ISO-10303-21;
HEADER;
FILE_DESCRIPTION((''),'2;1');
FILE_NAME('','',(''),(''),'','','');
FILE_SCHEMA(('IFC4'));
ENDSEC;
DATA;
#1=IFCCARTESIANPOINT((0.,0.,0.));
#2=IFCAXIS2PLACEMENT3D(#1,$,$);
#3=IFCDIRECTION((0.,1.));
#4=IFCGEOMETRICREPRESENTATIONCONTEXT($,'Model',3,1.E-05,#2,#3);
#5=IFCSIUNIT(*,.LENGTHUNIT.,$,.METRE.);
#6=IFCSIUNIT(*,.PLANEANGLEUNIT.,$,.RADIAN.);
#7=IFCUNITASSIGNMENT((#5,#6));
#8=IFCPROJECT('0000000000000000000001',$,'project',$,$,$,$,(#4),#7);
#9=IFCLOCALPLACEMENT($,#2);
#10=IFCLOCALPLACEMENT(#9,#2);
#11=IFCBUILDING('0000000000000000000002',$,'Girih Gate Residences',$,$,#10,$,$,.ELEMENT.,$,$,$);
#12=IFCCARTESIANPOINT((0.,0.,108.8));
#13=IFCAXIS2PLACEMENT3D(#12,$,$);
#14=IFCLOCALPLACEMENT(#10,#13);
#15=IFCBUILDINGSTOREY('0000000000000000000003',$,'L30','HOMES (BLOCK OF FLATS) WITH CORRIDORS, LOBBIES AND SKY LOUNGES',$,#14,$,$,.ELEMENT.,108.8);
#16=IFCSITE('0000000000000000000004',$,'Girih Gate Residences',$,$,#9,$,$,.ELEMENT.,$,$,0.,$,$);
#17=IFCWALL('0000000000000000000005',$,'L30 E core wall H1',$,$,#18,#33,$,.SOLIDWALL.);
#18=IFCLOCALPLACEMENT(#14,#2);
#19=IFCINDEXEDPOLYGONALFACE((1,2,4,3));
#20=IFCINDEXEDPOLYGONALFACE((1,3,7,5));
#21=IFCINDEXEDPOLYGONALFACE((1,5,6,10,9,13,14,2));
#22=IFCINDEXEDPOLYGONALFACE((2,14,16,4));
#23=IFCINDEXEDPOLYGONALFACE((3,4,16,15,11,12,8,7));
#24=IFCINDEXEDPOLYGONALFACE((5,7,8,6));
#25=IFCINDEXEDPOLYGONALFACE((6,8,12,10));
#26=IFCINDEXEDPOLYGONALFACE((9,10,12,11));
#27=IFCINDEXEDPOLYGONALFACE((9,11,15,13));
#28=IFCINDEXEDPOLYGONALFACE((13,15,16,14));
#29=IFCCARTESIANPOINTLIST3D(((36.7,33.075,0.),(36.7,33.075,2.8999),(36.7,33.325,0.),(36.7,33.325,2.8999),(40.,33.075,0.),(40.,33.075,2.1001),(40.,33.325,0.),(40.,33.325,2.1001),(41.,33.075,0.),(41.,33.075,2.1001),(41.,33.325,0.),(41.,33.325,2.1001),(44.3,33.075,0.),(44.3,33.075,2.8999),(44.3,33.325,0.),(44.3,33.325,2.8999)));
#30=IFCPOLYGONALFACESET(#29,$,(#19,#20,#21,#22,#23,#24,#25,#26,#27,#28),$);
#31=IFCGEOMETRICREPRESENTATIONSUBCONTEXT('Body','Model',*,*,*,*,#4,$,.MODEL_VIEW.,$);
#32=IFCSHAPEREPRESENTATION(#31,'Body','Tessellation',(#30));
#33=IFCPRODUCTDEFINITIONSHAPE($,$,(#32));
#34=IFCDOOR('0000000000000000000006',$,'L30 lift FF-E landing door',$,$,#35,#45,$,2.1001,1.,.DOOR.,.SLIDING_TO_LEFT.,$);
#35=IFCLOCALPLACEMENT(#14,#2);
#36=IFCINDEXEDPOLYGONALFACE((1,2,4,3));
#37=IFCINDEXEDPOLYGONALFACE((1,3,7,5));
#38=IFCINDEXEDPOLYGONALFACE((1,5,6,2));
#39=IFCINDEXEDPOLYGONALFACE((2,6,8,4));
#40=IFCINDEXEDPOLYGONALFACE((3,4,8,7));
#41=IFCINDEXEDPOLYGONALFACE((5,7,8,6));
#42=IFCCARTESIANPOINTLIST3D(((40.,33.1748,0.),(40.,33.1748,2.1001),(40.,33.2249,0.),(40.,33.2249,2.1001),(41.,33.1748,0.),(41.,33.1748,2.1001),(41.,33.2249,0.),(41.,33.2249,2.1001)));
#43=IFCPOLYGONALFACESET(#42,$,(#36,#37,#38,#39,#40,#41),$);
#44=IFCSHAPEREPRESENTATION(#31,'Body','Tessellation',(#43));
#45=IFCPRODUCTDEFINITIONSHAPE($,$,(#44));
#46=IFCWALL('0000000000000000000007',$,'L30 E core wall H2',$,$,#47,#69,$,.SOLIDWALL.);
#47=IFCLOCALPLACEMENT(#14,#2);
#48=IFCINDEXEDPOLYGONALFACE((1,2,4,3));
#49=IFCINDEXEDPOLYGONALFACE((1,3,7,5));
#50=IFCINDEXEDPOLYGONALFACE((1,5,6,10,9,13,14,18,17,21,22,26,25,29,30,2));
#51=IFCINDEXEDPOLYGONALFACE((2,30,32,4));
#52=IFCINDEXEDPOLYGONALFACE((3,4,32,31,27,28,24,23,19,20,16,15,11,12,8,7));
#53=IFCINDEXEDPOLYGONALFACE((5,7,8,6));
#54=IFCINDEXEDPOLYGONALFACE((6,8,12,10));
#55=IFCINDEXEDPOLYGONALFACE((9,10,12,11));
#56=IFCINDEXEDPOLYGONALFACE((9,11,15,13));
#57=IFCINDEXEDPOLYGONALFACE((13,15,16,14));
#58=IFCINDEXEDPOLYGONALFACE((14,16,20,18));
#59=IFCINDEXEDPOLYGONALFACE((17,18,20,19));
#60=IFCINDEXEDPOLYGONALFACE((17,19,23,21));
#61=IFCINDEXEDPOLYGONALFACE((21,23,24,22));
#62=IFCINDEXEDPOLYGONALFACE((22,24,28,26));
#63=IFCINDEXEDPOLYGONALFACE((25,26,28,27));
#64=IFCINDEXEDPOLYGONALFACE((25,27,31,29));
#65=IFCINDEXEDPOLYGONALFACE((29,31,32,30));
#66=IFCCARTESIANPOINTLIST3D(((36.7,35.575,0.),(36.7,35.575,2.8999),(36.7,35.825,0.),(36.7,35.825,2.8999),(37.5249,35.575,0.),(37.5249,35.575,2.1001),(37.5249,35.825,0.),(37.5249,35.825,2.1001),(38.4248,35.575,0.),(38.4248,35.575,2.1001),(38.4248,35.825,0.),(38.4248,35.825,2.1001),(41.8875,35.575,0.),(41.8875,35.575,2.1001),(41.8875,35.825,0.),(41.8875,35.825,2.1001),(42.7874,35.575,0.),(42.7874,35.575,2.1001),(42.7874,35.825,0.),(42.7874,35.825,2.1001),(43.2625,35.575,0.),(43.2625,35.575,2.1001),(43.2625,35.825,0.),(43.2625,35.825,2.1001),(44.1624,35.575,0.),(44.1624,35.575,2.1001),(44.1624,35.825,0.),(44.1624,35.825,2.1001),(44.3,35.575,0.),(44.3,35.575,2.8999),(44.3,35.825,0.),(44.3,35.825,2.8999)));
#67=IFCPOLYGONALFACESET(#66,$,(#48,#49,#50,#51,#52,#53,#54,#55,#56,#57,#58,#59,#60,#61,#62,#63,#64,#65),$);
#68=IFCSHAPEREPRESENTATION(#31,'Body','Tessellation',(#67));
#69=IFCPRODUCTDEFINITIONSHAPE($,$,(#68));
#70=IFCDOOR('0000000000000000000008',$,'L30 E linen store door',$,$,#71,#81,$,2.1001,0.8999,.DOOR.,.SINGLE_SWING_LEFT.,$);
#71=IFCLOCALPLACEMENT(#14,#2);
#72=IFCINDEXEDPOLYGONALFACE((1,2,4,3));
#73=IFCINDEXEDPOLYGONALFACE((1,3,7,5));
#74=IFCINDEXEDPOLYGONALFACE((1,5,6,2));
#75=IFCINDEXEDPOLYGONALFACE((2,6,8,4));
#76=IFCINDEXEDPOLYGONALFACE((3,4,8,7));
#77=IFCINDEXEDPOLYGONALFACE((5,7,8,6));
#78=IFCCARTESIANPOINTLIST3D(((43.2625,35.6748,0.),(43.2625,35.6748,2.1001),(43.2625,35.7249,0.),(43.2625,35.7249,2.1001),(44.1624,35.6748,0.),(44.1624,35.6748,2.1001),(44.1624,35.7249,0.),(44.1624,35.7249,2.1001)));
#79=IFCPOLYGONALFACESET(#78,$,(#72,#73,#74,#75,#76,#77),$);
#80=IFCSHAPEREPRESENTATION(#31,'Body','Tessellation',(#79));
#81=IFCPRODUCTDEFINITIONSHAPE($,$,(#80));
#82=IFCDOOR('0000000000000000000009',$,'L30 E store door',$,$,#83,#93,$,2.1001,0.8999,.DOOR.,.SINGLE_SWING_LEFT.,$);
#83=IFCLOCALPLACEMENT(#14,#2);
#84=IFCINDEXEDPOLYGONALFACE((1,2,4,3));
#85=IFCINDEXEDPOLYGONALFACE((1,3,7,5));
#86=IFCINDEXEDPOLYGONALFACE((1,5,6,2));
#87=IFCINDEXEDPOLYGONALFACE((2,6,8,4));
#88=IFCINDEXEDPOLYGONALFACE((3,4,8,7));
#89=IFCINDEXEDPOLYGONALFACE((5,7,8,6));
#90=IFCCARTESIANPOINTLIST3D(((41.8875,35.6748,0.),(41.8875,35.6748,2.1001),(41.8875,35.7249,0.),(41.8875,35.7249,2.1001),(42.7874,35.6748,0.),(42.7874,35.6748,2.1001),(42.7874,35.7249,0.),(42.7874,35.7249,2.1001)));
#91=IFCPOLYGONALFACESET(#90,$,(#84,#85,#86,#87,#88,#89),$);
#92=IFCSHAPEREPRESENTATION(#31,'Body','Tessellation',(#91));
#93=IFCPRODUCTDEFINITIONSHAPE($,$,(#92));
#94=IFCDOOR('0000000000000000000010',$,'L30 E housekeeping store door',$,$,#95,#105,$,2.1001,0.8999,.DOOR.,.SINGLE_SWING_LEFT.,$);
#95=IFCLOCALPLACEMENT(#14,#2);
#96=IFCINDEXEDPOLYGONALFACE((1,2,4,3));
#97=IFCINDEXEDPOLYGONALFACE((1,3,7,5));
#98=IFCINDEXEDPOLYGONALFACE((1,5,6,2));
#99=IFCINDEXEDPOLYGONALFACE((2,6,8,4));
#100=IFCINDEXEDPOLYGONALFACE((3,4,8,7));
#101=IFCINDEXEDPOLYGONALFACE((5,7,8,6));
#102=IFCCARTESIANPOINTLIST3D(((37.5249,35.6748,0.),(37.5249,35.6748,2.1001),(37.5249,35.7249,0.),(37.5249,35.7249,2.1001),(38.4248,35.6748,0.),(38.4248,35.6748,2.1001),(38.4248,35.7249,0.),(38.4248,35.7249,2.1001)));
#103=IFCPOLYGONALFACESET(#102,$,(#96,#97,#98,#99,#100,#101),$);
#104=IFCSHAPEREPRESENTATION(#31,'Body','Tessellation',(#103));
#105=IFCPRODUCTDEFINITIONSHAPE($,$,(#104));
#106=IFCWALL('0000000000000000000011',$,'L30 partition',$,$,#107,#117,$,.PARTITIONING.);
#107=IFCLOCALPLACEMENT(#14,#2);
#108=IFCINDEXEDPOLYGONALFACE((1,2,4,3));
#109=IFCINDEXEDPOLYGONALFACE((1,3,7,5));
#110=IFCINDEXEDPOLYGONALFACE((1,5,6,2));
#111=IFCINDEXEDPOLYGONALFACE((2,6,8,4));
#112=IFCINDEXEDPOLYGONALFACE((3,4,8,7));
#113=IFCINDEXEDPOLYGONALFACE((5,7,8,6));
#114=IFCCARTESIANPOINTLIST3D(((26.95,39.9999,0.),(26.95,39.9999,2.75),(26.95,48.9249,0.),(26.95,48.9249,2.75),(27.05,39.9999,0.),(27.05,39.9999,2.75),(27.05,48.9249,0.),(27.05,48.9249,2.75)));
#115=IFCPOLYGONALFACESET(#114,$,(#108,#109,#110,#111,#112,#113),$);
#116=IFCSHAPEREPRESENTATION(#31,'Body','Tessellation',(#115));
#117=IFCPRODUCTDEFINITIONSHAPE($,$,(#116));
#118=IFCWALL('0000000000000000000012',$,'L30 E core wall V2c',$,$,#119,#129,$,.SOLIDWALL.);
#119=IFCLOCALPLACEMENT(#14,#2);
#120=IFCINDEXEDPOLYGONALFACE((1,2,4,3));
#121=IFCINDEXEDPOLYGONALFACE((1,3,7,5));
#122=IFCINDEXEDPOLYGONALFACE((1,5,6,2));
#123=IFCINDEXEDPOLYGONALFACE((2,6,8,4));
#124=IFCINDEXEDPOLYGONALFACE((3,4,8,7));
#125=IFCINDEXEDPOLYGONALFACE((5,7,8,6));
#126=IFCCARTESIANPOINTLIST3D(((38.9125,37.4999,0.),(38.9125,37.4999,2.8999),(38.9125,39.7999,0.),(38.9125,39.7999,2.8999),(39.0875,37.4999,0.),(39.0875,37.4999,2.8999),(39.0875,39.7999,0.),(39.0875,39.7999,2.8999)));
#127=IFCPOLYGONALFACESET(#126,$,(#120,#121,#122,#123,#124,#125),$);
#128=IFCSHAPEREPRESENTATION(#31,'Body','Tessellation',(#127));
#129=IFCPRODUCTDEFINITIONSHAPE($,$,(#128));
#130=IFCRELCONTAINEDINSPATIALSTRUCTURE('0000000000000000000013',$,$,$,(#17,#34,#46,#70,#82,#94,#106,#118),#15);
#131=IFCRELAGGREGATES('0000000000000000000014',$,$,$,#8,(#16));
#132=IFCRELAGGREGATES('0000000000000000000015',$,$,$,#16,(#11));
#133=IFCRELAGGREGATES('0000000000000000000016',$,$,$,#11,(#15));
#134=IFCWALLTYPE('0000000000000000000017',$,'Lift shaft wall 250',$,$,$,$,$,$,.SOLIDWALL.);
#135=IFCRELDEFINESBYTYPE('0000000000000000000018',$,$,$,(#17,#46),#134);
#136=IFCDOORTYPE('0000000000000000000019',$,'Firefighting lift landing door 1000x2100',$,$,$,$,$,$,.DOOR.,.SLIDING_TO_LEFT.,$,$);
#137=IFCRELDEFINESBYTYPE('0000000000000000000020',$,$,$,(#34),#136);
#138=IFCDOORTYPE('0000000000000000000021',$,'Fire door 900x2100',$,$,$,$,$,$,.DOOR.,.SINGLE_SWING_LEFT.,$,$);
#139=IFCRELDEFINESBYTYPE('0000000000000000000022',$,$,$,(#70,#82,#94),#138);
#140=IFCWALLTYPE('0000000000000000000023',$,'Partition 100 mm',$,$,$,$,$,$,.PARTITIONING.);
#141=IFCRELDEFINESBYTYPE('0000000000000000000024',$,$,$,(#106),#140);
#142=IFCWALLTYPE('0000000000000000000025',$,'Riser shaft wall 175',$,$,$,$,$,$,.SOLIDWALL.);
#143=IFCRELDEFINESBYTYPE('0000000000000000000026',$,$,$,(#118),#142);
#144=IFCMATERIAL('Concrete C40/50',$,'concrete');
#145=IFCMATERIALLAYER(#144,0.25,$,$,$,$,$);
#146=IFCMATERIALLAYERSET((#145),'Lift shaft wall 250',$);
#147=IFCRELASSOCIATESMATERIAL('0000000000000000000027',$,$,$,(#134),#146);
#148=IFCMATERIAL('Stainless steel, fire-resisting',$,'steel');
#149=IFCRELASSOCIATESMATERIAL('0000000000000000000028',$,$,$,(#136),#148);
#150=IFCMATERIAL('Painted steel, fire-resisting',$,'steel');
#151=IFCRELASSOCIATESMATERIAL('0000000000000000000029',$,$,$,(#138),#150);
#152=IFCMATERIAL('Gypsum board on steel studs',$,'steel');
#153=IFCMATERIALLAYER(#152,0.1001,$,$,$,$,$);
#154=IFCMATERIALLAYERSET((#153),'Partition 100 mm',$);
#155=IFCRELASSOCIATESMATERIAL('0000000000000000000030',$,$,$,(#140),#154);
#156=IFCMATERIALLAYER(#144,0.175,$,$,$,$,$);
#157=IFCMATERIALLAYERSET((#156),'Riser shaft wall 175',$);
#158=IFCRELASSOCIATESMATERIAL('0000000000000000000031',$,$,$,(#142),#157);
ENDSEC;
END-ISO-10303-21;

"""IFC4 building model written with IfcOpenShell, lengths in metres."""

from ifc_helpers import new_model, si_unit, direction, frame, frame_2d, origin, place, context, subcontext, project, spatial, rectangle, extrude, material, layer, layer_set, type_object, element, fill, save


model = new_model("IFC4")

# Units and contexts
model_context = context("Model", 3, precision=1e-05, world=origin(), true_north=direction((0.0, 1.0)))
body_context = subcontext(model_context, "Body", "Model", "MODEL_VIEW")
ifc_project = project(units=[si_unit("LENGTHUNIT", "METRE"), si_unit("PLANEANGLEUNIT", "RADIAN")], contexts=[model_context])

# Site, building, storey
site_placement = place(None, origin())
site = spatial("IfcSite", under=ifc_project, at=site_placement, Name="Girih Gate Residences", CompositionType="ELEMENT", RefElevation=0.0)
building_placement = place(site_placement, origin())
building = spatial("IfcBuilding", under=site, at=building_placement, Name="Girih Gate Residences", CompositionType="ELEMENT")
storey_placement = place(building_placement, frame((0.0, 0.0, 108.8)))
storey = spatial("IfcBuildingStorey", under=building, at=storey_placement, Name="L30", Description="HOMES (BLOCK OF FLATS) WITH CORRIDORS, LOBBIES AND SKY LOUNGES", CompositionType="ELEMENT", Elevation=108.8)

# Shared definitions
ifc_material_1 = material(Name="Gypsum board on steel studs", Category="steel")

# Wall, opening, door
ifc_material_2 = material(Name="Concrete C40/50", Category="concrete")
ifc_layer_1 = layer(ifc_material_2, 0.25)
ifc_layer_set_1 = layer_set([ifc_layer_1], Name="Lift shaft wall 250")
wall_type_1 = type_object("IfcWallType", Name="Lift shaft wall 250", PredefinedType="SOLIDWALL", material=ifc_layer_set_1)
wall_1_placement = place(storey_placement, frame((36.7, 33.2, 0.0), z_axis=(0.0, 0.0, 1.0), x_axis=(1.0, 0.0, 0.0)))
wall_1 = element("IfcWall", 1, at=wall_1_placement, inside=storey, type_object=wall_type_1, Name="L30 E core wall H1", PredefinedType="SOLIDWALL", context=body_context, shape_type="SweptSolid", body=[
    extrude(rectangle(XDim=7.6001, YDim=0.25, at=frame_2d((3.8, 0.0))), origin(), (0.0, 0.0, 1.0), 2.8999),
])
opening_1_placement = place(wall_1_placement, frame((3.3, 0.0, 0.0)))
opening_1 = element("IfcOpeningElement", 2, at=opening_1_placement, cuts=wall_1, PredefinedType="OPENING", context=body_context, shape_type="SweptSolid", body=[
    extrude(rectangle(XDim=1.0, YDim=2.1001, at=frame_2d((0.5, 1.05))), frame((0.0, 0.135, 0.0), z_axis=(0.0, -1.0, 0.0), x_axis=(1.0, 0.0, 0.0)), (0.0, 0.0, 1.0), 0.27),
])
ifc_material_3 = material(Name="Stainless steel, fire-resisting", Category="steel")
door_type_1 = type_object("IfcDoorType", Name="Firefighting lift landing door 1000x2100", OperationType="SLIDING_TO_LEFT", PredefinedType="DOOR", material=ifc_material_3)
door_1_placement = place(opening_1_placement, origin())
door_1 = element("IfcDoor", 3, at=door_1_placement, inside=storey, type_object=door_type_1, Name="L30 lift FF-E landing door", OperationType="SLIDING_TO_LEFT", OverallHeight=2.1001, OverallWidth=1.0, PredefinedType="DOOR", context=body_context, shape_type="SweptSolid", body=[
    extrude(rectangle(XDim=1.0, YDim=2.1001, at=frame_2d((0.5, 1.05))), frame((0.0, 0.0249, 0.0), z_axis=(0.0, -1.0, 0.0), x_axis=(1.0, 0.0, 0.0)), (0.0, 0.0, 1.0), 0.05),
])
fill(opening_1, door_1)

# Wall, openings, doors
wall_2_placement = place(storey_placement, frame((36.7, 35.7, 0.0), z_axis=(0.0, 0.0, 1.0), x_axis=(1.0, 0.0, 0.0)))
wall_2 = element("IfcWall", 4, at=wall_2_placement, inside=storey, type_object=wall_type_1, Name="L30 E core wall H2", PredefinedType="SOLIDWALL", context=body_context, shape_type="SweptSolid", body=[
    extrude(rectangle(XDim=7.6001, YDim=0.25, at=frame_2d((3.8, 0.0))), origin(), (0.0, 0.0, 1.0), 2.8999),
])
opening_2_placement = place(wall_2_placement, frame((6.5625, 0.0, 0.0)))
opening_2 = element("IfcOpeningElement", 5, at=opening_2_placement, cuts=wall_2, PredefinedType="OPENING", context=body_context, shape_type="SweptSolid", body=[
    extrude(rectangle(XDim=0.8999, YDim=2.1001, at=frame_2d((0.45, 1.05))), frame((0.0, 0.135, 0.0), z_axis=(0.0, -1.0, 0.0), x_axis=(1.0, 0.0, 0.0)), (0.0, 0.0, 1.0), 0.27),
])
opening_3_placement = place(wall_2_placement, frame((5.1875, 0.0, 0.0)))
opening_3 = element("IfcOpeningElement", 6, at=opening_3_placement, cuts=wall_2, PredefinedType="OPENING", context=body_context, shape_type="SweptSolid", body=[
    extrude(rectangle(XDim=0.8999, YDim=2.1001, at=frame_2d((0.45, 1.05))), frame((0.0, 0.135, 0.0), z_axis=(0.0, -1.0, 0.0), x_axis=(1.0, 0.0, 0.0)), (0.0, 0.0, 1.0), 0.27),
])
opening_4_placement = place(wall_2_placement, frame((0.825, 0.0, 0.0)))
opening_4 = element("IfcOpeningElement", 7, at=opening_4_placement, cuts=wall_2, PredefinedType="OPENING", context=body_context, shape_type="SweptSolid", body=[
    extrude(rectangle(XDim=0.8999, YDim=2.1001, at=frame_2d((0.45, 1.05))), frame((0.0, 0.135, 0.0), z_axis=(0.0, -1.0, 0.0), x_axis=(1.0, 0.0, 0.0)), (0.0, 0.0, 1.0), 0.27),
])
ifc_material_4 = material(Name="Painted steel, fire-resisting", Category="steel")
door_type_2 = type_object("IfcDoorType", Name="Fire door 900x2100", OperationType="SINGLE_SWING_LEFT", PredefinedType="DOOR", material=ifc_material_4)
door_2_placement = place(opening_2_placement, origin())
door_2 = element("IfcDoor", 8, at=door_2_placement, inside=storey, type_object=door_type_2, Name="L30 E linen store door", OperationType="SINGLE_SWING_LEFT", OverallHeight=2.1001, OverallWidth=0.8999, PredefinedType="DOOR", context=body_context, shape_type="SweptSolid", body=[
    extrude(rectangle(XDim=0.8999, YDim=2.1001, at=frame_2d((0.45, 1.05))), frame((0.0, 0.0249, 0.0), z_axis=(0.0, -1.0, 0.0), x_axis=(1.0, 0.0, 0.0)), (0.0, 0.0, 1.0), 0.05),
])
fill(opening_2, door_2)
door_3_placement = place(opening_3_placement, origin())
door_3 = element("IfcDoor", 9, at=door_3_placement, inside=storey, type_object=door_type_2, Name="L30 E store door", OperationType="SINGLE_SWING_LEFT", OverallHeight=2.1001, OverallWidth=0.8999, PredefinedType="DOOR", context=body_context, shape_type="SweptSolid", body=[
    extrude(rectangle(XDim=0.8999, YDim=2.1001, at=frame_2d((0.45, 1.05))), frame((0.0, 0.0249, 0.0), z_axis=(0.0, -1.0, 0.0), x_axis=(1.0, 0.0, 0.0)), (0.0, 0.0, 1.0), 0.05),
])
fill(opening_3, door_3)
door_4_placement = place(opening_4_placement, origin())
door_4 = element("IfcDoor", 10, at=door_4_placement, inside=storey, type_object=door_type_2, Name="L30 E housekeeping store door", OperationType="SINGLE_SWING_LEFT", OverallHeight=2.1001, OverallWidth=0.8999, PredefinedType="DOOR", context=body_context, shape_type="SweptSolid", body=[
    extrude(rectangle(XDim=0.8999, YDim=2.1001, at=frame_2d((0.45, 1.05))), frame((0.0, 0.0249, 0.0), z_axis=(0.0, -1.0, 0.0), x_axis=(1.0, 0.0, 0.0)), (0.0, 0.0, 1.0), 0.05),
])
fill(opening_4, door_4)

# Walls
ifc_layer_2 = layer(ifc_material_1, 0.1001)
ifc_layer_set_2 = layer_set([ifc_layer_2], Name="Partition 100 mm")
wall_type_2 = type_object("IfcWallType", Name="Partition 100 mm", PredefinedType="PARTITIONING", material=ifc_layer_set_2)
wall_3_placement = place(storey_placement, frame((27.0, 40.0, 0.0), z_axis=(0.0, 0.0, 1.0), x_axis=(0.0, 1.0, 0.0)))
element("IfcWall", 11, at=wall_3_placement, inside=storey, type_object=wall_type_2, Name="L30 partition", PredefinedType="PARTITIONING", context=body_context, shape_type="SweptSolid", body=[
    extrude(rectangle(XDim=8.925, YDim=0.1001, at=frame_2d((4.4624, 0.0))), origin(), (0.0, 0.0, 1.0), 2.75),
])
ifc_layer_3 = layer(ifc_material_2, 0.175)
ifc_layer_set_3 = layer_set([ifc_layer_3], Name="Riser shaft wall 175")
wall_type_3 = type_object("IfcWallType", Name="Riser shaft wall 175", PredefinedType="SOLIDWALL", material=ifc_layer_set_3)
wall_4_placement = place(storey_placement, frame((39.0, 37.5, 0.0), z_axis=(0.0, 0.0, 1.0), x_axis=(0.0, 1.0, 0.0)))
element("IfcWall", 12, at=wall_4_placement, inside=storey, type_object=wall_type_3, Name="L30 E core wall V2c", PredefinedType="SOLIDWALL", context=body_context, shape_type="SweptSolid", body=[
    extrude(rectangle(XDim=2.3, YDim=0.175, at=frame_2d((1.1499, 0.0))), origin(), (0.0, 0.0, 1.0), 2.8999),
])

save(model, "model.ifc")
